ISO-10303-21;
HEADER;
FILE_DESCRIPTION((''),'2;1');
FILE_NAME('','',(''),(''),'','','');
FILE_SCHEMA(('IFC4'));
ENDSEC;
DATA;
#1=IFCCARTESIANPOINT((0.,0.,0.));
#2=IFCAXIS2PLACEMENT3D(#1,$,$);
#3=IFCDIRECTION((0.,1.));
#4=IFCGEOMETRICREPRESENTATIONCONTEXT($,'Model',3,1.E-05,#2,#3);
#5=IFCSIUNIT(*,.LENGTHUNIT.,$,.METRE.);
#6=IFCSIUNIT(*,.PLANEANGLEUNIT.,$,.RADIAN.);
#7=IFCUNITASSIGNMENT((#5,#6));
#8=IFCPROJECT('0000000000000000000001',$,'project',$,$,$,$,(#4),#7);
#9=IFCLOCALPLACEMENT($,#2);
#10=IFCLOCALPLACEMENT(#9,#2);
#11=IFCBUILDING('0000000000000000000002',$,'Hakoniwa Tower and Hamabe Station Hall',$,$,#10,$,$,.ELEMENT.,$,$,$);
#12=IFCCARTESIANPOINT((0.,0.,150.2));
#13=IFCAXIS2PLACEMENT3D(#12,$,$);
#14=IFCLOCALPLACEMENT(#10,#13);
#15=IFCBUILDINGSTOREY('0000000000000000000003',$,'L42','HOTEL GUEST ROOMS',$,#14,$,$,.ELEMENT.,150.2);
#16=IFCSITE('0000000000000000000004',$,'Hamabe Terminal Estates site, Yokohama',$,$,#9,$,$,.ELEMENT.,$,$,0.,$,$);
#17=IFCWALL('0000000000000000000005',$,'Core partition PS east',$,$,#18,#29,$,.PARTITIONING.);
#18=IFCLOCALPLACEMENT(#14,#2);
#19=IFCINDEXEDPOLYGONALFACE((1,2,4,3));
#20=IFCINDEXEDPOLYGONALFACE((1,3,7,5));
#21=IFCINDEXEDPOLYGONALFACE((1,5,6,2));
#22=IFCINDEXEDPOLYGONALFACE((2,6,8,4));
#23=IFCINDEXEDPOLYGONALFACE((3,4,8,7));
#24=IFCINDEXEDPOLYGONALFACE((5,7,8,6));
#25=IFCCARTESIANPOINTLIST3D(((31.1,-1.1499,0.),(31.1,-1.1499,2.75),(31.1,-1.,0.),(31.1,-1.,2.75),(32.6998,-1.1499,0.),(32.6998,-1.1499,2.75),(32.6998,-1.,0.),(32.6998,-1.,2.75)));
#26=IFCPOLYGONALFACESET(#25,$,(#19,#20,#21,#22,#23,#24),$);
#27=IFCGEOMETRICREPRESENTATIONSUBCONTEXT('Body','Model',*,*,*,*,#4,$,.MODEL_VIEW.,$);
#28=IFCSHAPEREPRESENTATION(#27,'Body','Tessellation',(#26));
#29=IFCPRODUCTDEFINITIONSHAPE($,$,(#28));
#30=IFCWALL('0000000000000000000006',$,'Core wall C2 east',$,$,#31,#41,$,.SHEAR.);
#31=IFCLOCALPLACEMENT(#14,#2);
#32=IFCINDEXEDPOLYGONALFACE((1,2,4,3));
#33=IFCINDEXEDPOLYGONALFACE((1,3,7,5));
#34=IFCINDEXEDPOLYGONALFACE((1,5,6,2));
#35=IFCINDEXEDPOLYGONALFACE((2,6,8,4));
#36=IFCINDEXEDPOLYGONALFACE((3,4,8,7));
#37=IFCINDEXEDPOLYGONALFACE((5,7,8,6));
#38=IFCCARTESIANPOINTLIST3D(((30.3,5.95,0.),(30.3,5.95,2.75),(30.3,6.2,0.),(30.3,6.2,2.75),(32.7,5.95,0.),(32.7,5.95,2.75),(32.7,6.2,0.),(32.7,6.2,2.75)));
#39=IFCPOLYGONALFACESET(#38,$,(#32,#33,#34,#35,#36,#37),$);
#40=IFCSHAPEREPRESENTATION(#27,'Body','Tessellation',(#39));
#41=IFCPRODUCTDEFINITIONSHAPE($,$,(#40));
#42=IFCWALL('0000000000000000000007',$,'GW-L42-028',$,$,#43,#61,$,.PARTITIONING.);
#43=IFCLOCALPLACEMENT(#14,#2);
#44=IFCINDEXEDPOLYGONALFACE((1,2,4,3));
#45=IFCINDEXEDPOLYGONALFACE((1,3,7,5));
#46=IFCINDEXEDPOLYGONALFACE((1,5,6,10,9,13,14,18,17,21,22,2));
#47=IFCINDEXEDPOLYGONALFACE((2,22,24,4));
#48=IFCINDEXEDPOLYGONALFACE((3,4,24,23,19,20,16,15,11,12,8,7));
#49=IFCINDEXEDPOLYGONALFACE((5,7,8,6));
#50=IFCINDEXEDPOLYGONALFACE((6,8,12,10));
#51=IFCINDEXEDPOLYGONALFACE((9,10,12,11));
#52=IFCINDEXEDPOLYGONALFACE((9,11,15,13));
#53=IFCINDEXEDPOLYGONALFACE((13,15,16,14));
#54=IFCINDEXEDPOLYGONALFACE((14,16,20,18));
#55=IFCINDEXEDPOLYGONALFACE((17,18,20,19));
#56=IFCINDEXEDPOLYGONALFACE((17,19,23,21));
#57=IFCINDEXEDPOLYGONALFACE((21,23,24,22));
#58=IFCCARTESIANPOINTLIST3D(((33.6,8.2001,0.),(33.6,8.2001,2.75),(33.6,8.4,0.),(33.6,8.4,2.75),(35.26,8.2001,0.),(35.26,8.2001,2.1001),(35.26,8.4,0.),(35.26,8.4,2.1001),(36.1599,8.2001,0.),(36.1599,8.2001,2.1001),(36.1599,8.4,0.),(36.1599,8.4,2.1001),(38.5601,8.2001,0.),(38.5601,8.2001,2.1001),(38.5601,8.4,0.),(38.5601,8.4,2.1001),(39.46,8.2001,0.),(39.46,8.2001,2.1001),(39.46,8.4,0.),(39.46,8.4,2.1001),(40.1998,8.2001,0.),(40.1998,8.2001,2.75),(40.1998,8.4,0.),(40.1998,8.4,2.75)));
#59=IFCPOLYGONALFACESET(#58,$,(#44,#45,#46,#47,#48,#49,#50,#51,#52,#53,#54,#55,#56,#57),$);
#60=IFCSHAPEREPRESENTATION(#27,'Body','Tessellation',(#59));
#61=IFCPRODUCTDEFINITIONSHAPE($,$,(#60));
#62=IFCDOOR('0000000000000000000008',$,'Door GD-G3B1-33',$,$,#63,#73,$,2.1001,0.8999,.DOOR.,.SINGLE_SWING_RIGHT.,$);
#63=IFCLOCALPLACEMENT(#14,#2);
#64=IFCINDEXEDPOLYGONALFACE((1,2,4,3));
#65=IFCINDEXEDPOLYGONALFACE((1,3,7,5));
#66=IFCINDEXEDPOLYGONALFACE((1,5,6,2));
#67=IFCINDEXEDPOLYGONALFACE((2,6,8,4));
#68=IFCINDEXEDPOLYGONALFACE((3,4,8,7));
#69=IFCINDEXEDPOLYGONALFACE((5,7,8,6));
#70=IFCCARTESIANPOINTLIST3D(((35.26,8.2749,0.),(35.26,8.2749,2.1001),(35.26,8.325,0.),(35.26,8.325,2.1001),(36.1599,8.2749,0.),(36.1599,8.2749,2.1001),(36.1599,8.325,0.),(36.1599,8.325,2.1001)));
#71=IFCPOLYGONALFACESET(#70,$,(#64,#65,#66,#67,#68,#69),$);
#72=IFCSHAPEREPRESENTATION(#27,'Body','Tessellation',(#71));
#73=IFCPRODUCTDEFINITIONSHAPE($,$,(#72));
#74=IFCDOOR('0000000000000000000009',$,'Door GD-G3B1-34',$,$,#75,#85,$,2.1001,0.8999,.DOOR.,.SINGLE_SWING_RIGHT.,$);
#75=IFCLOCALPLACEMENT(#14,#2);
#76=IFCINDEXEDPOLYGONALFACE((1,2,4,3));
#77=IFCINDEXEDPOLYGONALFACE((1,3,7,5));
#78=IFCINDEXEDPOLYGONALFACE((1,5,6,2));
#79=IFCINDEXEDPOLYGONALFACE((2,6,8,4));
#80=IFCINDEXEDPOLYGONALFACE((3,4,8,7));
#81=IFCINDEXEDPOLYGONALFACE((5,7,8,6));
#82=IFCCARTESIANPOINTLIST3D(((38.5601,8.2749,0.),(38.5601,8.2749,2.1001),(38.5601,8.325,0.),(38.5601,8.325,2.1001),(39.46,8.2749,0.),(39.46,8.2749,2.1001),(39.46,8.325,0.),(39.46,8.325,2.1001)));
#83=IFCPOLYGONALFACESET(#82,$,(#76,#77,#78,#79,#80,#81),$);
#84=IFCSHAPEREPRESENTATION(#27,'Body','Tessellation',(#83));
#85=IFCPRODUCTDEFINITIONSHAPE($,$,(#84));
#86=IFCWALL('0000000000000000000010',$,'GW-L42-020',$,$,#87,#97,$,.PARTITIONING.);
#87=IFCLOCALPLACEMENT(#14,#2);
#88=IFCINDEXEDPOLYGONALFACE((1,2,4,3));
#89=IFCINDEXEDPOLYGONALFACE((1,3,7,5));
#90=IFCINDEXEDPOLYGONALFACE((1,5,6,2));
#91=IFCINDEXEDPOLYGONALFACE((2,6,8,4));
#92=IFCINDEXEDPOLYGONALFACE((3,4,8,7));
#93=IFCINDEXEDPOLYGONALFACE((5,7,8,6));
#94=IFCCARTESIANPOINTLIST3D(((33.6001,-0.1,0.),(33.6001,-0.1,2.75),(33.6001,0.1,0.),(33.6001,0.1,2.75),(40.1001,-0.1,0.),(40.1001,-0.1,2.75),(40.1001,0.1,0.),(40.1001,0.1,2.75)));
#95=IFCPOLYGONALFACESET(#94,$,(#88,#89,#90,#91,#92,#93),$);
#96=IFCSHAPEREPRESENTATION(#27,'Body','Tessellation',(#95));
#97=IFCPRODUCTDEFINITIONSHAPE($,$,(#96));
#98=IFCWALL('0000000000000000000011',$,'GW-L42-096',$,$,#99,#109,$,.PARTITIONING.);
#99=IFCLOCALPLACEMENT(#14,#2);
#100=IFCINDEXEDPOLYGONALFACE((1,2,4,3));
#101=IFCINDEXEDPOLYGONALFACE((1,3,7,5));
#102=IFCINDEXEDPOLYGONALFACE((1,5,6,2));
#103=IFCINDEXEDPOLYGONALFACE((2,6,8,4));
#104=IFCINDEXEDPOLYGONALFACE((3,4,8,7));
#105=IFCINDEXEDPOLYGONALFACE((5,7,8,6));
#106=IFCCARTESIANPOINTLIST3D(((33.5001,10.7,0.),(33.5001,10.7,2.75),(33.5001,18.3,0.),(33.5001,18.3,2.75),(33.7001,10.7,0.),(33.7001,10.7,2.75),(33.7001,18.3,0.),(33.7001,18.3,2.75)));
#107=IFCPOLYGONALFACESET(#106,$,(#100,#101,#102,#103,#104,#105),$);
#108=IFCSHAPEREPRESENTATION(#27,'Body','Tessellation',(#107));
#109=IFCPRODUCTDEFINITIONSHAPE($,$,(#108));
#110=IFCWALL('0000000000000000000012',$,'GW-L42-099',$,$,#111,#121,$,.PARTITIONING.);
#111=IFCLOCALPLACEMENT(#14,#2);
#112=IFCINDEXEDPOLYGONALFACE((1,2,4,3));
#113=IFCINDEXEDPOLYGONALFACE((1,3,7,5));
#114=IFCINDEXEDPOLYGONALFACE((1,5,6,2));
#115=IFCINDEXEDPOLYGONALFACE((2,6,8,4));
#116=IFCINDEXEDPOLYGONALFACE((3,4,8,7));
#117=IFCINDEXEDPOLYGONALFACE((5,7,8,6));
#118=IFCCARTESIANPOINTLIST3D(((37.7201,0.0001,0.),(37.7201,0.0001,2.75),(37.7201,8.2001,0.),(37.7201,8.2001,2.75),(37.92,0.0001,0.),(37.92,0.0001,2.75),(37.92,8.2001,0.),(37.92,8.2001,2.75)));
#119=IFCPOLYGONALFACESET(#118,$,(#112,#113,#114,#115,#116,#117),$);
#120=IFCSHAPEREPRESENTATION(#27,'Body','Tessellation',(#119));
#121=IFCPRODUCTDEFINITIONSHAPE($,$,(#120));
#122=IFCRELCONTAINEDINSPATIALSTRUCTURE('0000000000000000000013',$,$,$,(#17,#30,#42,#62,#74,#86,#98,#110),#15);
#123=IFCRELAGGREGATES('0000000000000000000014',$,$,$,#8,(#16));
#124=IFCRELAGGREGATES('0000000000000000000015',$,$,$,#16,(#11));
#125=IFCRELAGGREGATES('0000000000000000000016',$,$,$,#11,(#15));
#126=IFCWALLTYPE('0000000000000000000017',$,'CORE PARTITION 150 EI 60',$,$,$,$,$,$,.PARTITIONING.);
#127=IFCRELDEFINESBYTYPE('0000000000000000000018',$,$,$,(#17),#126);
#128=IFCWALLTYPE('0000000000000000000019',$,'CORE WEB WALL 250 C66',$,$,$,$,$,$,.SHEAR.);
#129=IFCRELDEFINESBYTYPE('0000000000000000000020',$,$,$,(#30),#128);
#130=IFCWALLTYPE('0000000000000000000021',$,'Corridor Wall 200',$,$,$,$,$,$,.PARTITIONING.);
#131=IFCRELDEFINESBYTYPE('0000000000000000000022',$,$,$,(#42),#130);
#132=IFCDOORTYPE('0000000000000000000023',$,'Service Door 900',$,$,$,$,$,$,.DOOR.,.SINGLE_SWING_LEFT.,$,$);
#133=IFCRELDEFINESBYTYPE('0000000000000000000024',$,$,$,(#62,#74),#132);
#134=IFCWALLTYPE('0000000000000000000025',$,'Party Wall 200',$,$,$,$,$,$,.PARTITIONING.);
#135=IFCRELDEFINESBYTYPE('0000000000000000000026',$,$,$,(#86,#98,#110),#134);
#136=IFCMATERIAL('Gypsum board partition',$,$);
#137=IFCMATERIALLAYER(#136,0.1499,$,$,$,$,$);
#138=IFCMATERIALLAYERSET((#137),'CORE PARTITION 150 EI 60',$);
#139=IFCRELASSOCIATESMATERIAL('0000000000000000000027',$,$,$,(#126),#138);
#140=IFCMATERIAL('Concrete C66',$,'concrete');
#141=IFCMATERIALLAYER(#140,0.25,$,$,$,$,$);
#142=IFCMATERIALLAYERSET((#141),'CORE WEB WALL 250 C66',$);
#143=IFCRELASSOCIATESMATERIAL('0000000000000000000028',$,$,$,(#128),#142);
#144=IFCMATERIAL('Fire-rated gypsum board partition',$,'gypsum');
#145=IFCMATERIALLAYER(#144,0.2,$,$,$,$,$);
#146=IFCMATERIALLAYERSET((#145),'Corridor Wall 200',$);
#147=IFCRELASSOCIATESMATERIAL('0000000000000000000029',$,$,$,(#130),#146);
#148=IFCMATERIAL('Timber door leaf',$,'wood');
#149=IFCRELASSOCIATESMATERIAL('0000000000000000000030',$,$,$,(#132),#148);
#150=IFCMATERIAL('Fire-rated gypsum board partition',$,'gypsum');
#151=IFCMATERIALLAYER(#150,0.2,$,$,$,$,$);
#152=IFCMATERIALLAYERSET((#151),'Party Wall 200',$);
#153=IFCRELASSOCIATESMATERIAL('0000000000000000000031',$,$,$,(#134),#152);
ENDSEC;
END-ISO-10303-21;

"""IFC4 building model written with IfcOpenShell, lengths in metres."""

from ifc_helpers import new_model, si_unit, direction, frame, frame_2d, origin, place, context, subcontext, project, spatial, rectangle, extrude, material, layer, layer_set, type_object, element, fill, save


model = new_model("IFC4")

# Units and contexts
model_context = context("Model", 3, precision=1e-05, world=origin(), true_north=direction((0.0, 1.0)))
body_context = subcontext(model_context, "Body", "Model", "MODEL_VIEW")
ifc_project = project(units=[si_unit("LENGTHUNIT", "METRE"), si_unit("PLANEANGLEUNIT", "RADIAN")], contexts=[model_context])

# Site, building, storey
site_placement = place(None, origin())
site = spatial("IfcSite", under=ifc_project, at=site_placement, Name="Hamabe Terminal Estates site, Yokohama", CompositionType="ELEMENT", RefElevation=0.0)
building_placement = place(site_placement, origin())
building = spatial("IfcBuilding", under=site, at=building_placement, Name="Hakoniwa Tower and Hamabe Station Hall", CompositionType="ELEMENT")
storey_placement = place(building_placement, frame((0.0, 0.0, 150.2)))
storey = spatial("IfcBuildingStorey", under=building, at=storey_placement, Name="L42", Description="HOTEL GUEST ROOMS", CompositionType="ELEMENT", Elevation=150.2)

# Shared definitions
ifc_material_1 = material(Name="Gypsum board partition")
ifc_layer_1 = layer(ifc_material_1, 0.1499)
ifc_layer_set_1 = layer_set([ifc_layer_1], Name="CORE PARTITION 150 EI 60")
wall_type_1 = type_object("IfcWallType", Name="CORE PARTITION 150 EI 60", PredefinedType="PARTITIONING", material=ifc_layer_set_1)

# Walls
wall_1_placement = place(storey_placement, frame((31.1001, -1.075, 0.0), z_axis=(0.0, 0.0, 1.0), x_axis=(1.0, 0.0, 0.0)))
element("IfcWall", 1, at=wall_1_placement, inside=storey, type_object=wall_type_1, Name="Core partition PS east", PredefinedType="PARTITIONING", context=body_context, shape_type="SweptSolid", body=[
    extrude(rectangle(XDim=1.5999, YDim=0.1499, at=frame_2d((0.7998, 0.0))), origin(), (0.0, 0.0, 1.0), 2.75),
])
ifc_material_2 = material(Name="Concrete C66", Category="concrete")
ifc_layer_2 = layer(ifc_material_2, 0.25)
ifc_layer_set_2 = layer_set([ifc_layer_2], Name="CORE WEB WALL 250 C66")
wall_type_2 = type_object("IfcWallType", Name="CORE WEB WALL 250 C66", PredefinedType="SHEAR", material=ifc_layer_set_2)
wall_2_placement = place(storey_placement, frame((30.3, 6.075, 0.0), z_axis=(0.0, 0.0, 1.0), x_axis=(1.0, 0.0, 0.0)))
element("IfcWall", 2, at=wall_2_placement, inside=storey, type_object=wall_type_2, Name="Core wall C2 east", PredefinedType="SHEAR", context=body_context, shape_type="SweptSolid", body=[
    extrude(rectangle(XDim=2.3999, YDim=0.25, at=frame_2d((1.2, 0.0))), origin(), (0.0, 0.0, 1.0), 2.75),
])

# Wall, openings, doors
ifc_material_3 = material(Name="Fire-rated gypsum board partition", Category="gypsum")
ifc_layer_3 = layer(ifc_material_3, 0.2)
ifc_layer_set_3 = layer_set([ifc_layer_3], Name="Corridor Wall 200")
wall_type_3 = type_object("IfcWallType", Name="Corridor Wall 200", PredefinedType="PARTITIONING", material=ifc_layer_set_3)
wall_3_placement = place(storey_placement, frame((33.6001, 8.3, 0.0), z_axis=(0.0, 0.0, 1.0), x_axis=(1.0, 0.0, 0.0)))
wall_3 = element("IfcWall", 3, at=wall_3_placement, inside=storey, type_object=wall_type_3, Name="GW-L42-028", PredefinedType="PARTITIONING", context=body_context, shape_type="SweptSolid", body=[
    extrude(rectangle(XDim=6.5999, YDim=0.2, at=frame_2d((3.2998, 0.0))), origin(), (0.0, 0.0, 1.0), 2.75),
])
opening_1_placement = place(wall_3_placement, frame((1.6599, 0.0, 0.0)))
opening_1 = element("IfcOpeningElement", 4, at=opening_1_placement, cuts=wall_3, PredefinedType="OPENING", context=body_context, shape_type="SweptSolid", body=[
    extrude(rectangle(XDim=0.8999, YDim=2.1001, at=frame_2d((0.45, 1.05))), frame((0.0, 0.1099, 0.0), z_axis=(0.0, -1.0, 0.0), x_axis=(1.0, 0.0, 0.0)), (0.0, 0.0, 1.0), 0.22),
])
opening_2_placement = place(wall_3_placement, frame((4.96, 0.0, 0.0)))
opening_2 = element("IfcOpeningElement", 5, at=opening_2_placement, cuts=wall_3, PredefinedType="OPENING", context=body_context, shape_type="SweptSolid", body=[
    extrude(rectangle(XDim=0.8999, YDim=2.1001, at=frame_2d((0.45, 1.05))), frame((0.0, 0.1099, 0.0), z_axis=(0.0, -1.0, 0.0), x_axis=(1.0, 0.0, 0.0)), (0.0, 0.0, 1.0), 0.22),
])
ifc_material_4 = material(Name="Timber door leaf", Category="wood")
door_type_1 = type_object("IfcDoorType", Name="Service Door 900", OperationType="SINGLE_SWING_LEFT", PredefinedType="DOOR", material=ifc_material_4)
door_1_placement = place(opening_1_placement, origin())
door_1 = element("IfcDoor", 6, at=door_1_placement, inside=storey, type_object=door_type_1, Name="Door GD-G3B1-33", OperationType="SINGLE_SWING_RIGHT", OverallHeight=2.1001, OverallWidth=0.8999, PredefinedType="DOOR", context=body_context, shape_type="SweptSolid", body=[
    extrude(rectangle(XDim=0.8999, YDim=2.1001, at=frame_2d((0.45, 1.05))), frame((0.0, 0.0249, 0.0), z_axis=(0.0, -1.0, 0.0), x_axis=(1.0, 0.0, 0.0)), (0.0, 0.0, 1.0), 0.05),
])
fill(opening_1, door_1)
door_2_placement = place(opening_2_placement, origin())
door_2 = element("IfcDoor", 7, at=door_2_placement, inside=storey, type_object=door_type_1, Name="Door GD-G3B1-34", OperationType="SINGLE_SWING_RIGHT", OverallHeight=2.1001, OverallWidth=0.8999, PredefinedType="DOOR", context=body_context, shape_type="SweptSolid", body=[
    extrude(rectangle(XDim=0.8999, YDim=2.1001, at=frame_2d((0.45, 1.05))), frame((0.0, 0.0249, 0.0), z_axis=(0.0, -1.0, 0.0), x_axis=(1.0, 0.0, 0.0)), (0.0, 0.0, 1.0), 0.05),
])
fill(opening_2, door_2)

# Walls
ifc_material_5 = material(Name="Fire-rated gypsum board partition", Category="gypsum")
ifc_layer_4 = layer(ifc_material_5, 0.2)
ifc_layer_set_4 = layer_set([ifc_layer_4], Name="Party Wall 200")
wall_type_4 = type_object("IfcWallType", Name="Party Wall 200", PredefinedType="PARTITIONING", material=ifc_layer_set_4)
wall_4_placement = place(storey_placement, frame((33.6001, 0.0, 0.0), z_axis=(0.0, 0.0, 1.0), x_axis=(1.0, 0.0, 0.0)))
element("IfcWall", 8, at=wall_4_placement, inside=storey, type_object=wall_type_4, Name="GW-L42-020", PredefinedType="PARTITIONING", context=body_context, shape_type="SweptSolid", body=[
    extrude(rectangle(XDim=6.5, YDim=0.2, at=frame_2d((3.25, 0.0))), origin(), (0.0, 0.0, 1.0), 2.75),
])
wall_5_placement = place(storey_placement, frame((33.6001, 10.7, 0.0), z_axis=(0.0, 0.0, 1.0), x_axis=(0.0, 1.0, 0.0)))
element("IfcWall", 9, at=wall_5_placement, inside=storey, type_object=wall_type_4, Name="GW-L42-096", PredefinedType="PARTITIONING", context=body_context, shape_type="SweptSolid", body=[
    extrude(rectangle(XDim=7.6001, YDim=0.2, at=frame_2d((3.8, 0.0))), origin(), (0.0, 0.0, 1.0), 2.75),
])
wall_6_placement = place(storey_placement, frame((37.8201, 0.0, 0.0), z_axis=(0.0, 0.0, 1.0), x_axis=(0.0, 1.0, 0.0)))
element("IfcWall", 10, at=wall_6_placement, inside=storey, type_object=wall_type_4, Name="GW-L42-099", PredefinedType="PARTITIONING", context=body_context, shape_type="SweptSolid", body=[
    extrude(rectangle(XDim=8.2, YDim=0.2, at=frame_2d((4.1001, 0.0))), origin(), (0.0, 0.0, 1.0), 2.75),
])

save(model, "model.ifc")
